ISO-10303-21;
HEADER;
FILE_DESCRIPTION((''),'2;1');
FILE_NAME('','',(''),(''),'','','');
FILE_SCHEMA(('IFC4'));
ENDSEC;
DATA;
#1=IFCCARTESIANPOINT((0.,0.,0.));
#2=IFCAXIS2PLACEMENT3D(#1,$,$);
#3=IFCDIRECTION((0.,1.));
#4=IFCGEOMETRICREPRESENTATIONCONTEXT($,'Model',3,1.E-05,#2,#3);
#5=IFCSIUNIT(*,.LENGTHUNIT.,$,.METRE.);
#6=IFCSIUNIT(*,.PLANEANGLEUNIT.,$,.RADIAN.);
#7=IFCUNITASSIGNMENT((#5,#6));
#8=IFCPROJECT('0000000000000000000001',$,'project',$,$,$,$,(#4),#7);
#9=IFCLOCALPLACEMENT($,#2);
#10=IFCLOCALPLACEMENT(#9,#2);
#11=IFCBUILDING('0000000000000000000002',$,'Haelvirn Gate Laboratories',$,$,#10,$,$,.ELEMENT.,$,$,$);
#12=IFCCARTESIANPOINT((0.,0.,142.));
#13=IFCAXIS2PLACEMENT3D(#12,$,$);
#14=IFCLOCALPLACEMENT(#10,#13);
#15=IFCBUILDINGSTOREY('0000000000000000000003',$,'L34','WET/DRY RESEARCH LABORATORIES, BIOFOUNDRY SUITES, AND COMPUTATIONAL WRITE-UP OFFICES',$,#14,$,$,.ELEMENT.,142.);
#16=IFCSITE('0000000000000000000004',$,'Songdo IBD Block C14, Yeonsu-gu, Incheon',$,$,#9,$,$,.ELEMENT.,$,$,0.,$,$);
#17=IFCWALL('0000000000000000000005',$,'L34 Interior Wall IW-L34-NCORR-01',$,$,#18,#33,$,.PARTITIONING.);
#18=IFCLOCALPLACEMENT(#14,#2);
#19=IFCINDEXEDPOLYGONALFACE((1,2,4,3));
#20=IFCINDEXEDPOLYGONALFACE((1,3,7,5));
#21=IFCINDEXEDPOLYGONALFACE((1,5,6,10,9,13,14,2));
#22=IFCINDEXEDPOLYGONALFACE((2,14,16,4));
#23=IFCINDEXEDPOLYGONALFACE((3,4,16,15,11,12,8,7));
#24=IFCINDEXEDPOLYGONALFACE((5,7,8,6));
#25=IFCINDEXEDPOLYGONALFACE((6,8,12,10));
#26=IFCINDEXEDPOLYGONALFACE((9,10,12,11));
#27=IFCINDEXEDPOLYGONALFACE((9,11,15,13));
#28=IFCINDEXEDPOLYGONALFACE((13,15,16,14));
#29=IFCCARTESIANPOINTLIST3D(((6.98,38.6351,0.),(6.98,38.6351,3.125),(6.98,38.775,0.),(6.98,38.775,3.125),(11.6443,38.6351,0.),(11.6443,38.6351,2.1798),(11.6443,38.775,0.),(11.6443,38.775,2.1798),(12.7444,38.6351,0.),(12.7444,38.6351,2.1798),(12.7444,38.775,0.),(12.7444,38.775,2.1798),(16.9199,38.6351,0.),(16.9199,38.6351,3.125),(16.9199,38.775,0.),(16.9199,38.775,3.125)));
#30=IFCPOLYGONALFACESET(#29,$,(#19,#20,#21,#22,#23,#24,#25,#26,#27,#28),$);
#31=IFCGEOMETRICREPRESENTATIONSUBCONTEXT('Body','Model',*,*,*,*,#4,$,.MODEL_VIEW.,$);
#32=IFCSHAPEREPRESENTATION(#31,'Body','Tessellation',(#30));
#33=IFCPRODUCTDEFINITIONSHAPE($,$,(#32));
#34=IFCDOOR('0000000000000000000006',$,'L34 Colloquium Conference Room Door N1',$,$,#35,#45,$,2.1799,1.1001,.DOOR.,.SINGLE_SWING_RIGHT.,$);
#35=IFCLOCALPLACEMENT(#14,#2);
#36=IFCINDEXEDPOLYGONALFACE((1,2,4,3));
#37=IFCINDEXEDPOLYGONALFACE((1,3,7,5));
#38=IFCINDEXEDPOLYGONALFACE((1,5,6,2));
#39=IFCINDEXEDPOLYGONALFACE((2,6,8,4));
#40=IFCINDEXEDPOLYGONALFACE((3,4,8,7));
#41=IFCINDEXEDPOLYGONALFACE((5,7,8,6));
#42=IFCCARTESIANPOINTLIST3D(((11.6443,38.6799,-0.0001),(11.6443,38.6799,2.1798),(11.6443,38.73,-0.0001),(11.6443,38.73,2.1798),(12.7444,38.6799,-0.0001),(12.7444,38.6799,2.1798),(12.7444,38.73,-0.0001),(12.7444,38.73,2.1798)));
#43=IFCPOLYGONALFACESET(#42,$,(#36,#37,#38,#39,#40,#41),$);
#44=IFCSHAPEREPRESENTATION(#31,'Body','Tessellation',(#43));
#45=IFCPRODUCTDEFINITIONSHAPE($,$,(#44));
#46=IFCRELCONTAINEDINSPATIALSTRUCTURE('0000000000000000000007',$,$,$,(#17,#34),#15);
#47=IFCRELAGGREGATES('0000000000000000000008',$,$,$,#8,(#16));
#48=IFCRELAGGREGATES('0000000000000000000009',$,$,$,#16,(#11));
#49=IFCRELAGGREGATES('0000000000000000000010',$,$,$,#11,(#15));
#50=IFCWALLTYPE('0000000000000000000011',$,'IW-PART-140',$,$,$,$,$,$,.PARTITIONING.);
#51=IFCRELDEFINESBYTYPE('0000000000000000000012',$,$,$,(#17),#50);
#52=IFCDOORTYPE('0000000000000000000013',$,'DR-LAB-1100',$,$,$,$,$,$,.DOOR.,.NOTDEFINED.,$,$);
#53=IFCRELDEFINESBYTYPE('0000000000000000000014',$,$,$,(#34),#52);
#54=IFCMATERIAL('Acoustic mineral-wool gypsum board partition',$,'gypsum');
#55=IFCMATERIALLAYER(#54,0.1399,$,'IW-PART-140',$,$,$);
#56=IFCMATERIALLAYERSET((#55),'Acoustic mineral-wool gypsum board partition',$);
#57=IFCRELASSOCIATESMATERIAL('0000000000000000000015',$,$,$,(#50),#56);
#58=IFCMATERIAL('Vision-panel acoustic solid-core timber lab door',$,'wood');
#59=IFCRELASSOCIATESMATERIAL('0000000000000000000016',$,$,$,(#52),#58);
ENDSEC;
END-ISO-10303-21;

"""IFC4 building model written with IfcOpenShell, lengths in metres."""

from ifc_helpers import new_model, si_unit, direction, frame, frame_2d, origin, place, context, subcontext, project, spatial, rectangle, extrude, source, transform, mapped, material, layer, layer_set, type_object, type_shapes, element, fill, save


model = new_model("IFC4")

# Units and contexts
model_context = context("Model", 3, precision=1e-05, world=origin(), true_north=direction((0.0, 1.0)))
body_context = subcontext(model_context, "Body", "Model", "MODEL_VIEW")
ifc_project = project(units=[si_unit("LENGTHUNIT", "METRE"), si_unit("PLANEANGLEUNIT", "RADIAN")], contexts=[model_context])

# Site, building, storey
site_placement = place(None, origin())
site = spatial("IfcSite", under=ifc_project, at=site_placement, Name="Songdo IBD Block C14, Yeonsu-gu, Incheon", CompositionType="ELEMENT", RefElevation=0.0)
building_placement = place(site_placement, origin())
building = spatial("IfcBuilding", under=site, at=building_placement, Name="Haelvirn Gate Laboratories", CompositionType="ELEMENT")
storey_placement = place(building_placement, frame((0.0, 0.0, 142.0)))
storey = spatial("IfcBuildingStorey", under=building, at=storey_placement, Name="L34", Description="WET/DRY RESEARCH LABORATORIES, BIOFOUNDRY SUITES, AND COMPUTATIONAL WRITE-UP OFFICES", CompositionType="ELEMENT", Elevation=142.0)

# Wall, opening, door
ifc_material_1 = material(Name="Acoustic mineral-wool gypsum board partition", Category="gypsum")
ifc_layer_1 = layer(ifc_material_1, 0.1399, Name="IW-PART-140")
ifc_layer_set_1 = layer_set([ifc_layer_1], Name="Acoustic mineral-wool gypsum board partition")
wall_type_1 = type_object("IfcWallType", Name="IW-PART-140", PredefinedType="PARTITIONING", material=ifc_layer_set_1)
wall_1_placement = place(storey_placement, frame((6.98, 38.7051, 0.0), z_axis=(0.0, 0.0, 1.0), x_axis=(1.0, 0.0, 0.0)))
wall_1 = element("IfcWall", 1, at=wall_1_placement, inside=storey, type_object=wall_type_1, Name="L34 Interior Wall IW-L34-NCORR-01", PredefinedType="PARTITIONING", context=body_context, shape_type="SweptSolid", body=[
    extrude(rectangle(XDim=9.9399, YDim=0.1399, at=frame_2d((4.97, 0.0))), origin(), (0.0, 0.0, 1.0), 3.125),
])
opening_placement = place(wall_1_placement, frame((4.6643, 0.0, 0.0)))
opening = element("IfcOpeningElement", 2, at=opening_placement, cuts=wall_1, PredefinedType="OPENING", context=body_context, shape_type="SweptSolid", body=[
    extrude(rectangle(XDim=1.1001, YDim=2.1799, at=frame_2d((0.55, 1.0898))), frame((0.0, 0.0801, 0.0), z_axis=(0.0, -1.0, 0.0), x_axis=(1.0, 0.0, 0.0)), (0.0, 0.0, 1.0), 0.1599),
])
ifc_material_2 = material(Name="Vision-panel acoustic solid-core timber lab door", Category="wood")
door_type = type_object("IfcDoorType", Name="DR-LAB-1100", OperationType="NOTDEFINED", PredefinedType="DOOR", material=ifc_material_2)
shared_shape_1 = source(origin(), body_context, "Body", "SweptSolid", [
    extrude(rectangle(XDim=1.1001, YDim=2.1799, at=frame_2d((0.55, 1.0898))), frame((0.0, 0.0249, 0.0), z_axis=(0.0, -1.0, 0.0), x_axis=(1.0, 0.0, 0.0)), (0.0, 0.0, 1.0), 0.05),
])
type_shapes(door_type, [shared_shape_1])
door_placement = place(opening_placement, origin())
door = element("IfcDoor", 3, at=door_placement, inside=storey, type_object=door_type, Name="L34 Colloquium Conference Room Door N1", OperationType="SINGLE_SWING_RIGHT", OverallHeight=2.1799, OverallWidth=1.1001, PredefinedType="DOOR", context=body_context, shape_type="MappedRepresentation", body=[
    mapped(shared_shape_1, transform((0.0, 0.0, 0.0), scale=1.0)),
])
fill(opening, door)

save(model, "model.ifc")
